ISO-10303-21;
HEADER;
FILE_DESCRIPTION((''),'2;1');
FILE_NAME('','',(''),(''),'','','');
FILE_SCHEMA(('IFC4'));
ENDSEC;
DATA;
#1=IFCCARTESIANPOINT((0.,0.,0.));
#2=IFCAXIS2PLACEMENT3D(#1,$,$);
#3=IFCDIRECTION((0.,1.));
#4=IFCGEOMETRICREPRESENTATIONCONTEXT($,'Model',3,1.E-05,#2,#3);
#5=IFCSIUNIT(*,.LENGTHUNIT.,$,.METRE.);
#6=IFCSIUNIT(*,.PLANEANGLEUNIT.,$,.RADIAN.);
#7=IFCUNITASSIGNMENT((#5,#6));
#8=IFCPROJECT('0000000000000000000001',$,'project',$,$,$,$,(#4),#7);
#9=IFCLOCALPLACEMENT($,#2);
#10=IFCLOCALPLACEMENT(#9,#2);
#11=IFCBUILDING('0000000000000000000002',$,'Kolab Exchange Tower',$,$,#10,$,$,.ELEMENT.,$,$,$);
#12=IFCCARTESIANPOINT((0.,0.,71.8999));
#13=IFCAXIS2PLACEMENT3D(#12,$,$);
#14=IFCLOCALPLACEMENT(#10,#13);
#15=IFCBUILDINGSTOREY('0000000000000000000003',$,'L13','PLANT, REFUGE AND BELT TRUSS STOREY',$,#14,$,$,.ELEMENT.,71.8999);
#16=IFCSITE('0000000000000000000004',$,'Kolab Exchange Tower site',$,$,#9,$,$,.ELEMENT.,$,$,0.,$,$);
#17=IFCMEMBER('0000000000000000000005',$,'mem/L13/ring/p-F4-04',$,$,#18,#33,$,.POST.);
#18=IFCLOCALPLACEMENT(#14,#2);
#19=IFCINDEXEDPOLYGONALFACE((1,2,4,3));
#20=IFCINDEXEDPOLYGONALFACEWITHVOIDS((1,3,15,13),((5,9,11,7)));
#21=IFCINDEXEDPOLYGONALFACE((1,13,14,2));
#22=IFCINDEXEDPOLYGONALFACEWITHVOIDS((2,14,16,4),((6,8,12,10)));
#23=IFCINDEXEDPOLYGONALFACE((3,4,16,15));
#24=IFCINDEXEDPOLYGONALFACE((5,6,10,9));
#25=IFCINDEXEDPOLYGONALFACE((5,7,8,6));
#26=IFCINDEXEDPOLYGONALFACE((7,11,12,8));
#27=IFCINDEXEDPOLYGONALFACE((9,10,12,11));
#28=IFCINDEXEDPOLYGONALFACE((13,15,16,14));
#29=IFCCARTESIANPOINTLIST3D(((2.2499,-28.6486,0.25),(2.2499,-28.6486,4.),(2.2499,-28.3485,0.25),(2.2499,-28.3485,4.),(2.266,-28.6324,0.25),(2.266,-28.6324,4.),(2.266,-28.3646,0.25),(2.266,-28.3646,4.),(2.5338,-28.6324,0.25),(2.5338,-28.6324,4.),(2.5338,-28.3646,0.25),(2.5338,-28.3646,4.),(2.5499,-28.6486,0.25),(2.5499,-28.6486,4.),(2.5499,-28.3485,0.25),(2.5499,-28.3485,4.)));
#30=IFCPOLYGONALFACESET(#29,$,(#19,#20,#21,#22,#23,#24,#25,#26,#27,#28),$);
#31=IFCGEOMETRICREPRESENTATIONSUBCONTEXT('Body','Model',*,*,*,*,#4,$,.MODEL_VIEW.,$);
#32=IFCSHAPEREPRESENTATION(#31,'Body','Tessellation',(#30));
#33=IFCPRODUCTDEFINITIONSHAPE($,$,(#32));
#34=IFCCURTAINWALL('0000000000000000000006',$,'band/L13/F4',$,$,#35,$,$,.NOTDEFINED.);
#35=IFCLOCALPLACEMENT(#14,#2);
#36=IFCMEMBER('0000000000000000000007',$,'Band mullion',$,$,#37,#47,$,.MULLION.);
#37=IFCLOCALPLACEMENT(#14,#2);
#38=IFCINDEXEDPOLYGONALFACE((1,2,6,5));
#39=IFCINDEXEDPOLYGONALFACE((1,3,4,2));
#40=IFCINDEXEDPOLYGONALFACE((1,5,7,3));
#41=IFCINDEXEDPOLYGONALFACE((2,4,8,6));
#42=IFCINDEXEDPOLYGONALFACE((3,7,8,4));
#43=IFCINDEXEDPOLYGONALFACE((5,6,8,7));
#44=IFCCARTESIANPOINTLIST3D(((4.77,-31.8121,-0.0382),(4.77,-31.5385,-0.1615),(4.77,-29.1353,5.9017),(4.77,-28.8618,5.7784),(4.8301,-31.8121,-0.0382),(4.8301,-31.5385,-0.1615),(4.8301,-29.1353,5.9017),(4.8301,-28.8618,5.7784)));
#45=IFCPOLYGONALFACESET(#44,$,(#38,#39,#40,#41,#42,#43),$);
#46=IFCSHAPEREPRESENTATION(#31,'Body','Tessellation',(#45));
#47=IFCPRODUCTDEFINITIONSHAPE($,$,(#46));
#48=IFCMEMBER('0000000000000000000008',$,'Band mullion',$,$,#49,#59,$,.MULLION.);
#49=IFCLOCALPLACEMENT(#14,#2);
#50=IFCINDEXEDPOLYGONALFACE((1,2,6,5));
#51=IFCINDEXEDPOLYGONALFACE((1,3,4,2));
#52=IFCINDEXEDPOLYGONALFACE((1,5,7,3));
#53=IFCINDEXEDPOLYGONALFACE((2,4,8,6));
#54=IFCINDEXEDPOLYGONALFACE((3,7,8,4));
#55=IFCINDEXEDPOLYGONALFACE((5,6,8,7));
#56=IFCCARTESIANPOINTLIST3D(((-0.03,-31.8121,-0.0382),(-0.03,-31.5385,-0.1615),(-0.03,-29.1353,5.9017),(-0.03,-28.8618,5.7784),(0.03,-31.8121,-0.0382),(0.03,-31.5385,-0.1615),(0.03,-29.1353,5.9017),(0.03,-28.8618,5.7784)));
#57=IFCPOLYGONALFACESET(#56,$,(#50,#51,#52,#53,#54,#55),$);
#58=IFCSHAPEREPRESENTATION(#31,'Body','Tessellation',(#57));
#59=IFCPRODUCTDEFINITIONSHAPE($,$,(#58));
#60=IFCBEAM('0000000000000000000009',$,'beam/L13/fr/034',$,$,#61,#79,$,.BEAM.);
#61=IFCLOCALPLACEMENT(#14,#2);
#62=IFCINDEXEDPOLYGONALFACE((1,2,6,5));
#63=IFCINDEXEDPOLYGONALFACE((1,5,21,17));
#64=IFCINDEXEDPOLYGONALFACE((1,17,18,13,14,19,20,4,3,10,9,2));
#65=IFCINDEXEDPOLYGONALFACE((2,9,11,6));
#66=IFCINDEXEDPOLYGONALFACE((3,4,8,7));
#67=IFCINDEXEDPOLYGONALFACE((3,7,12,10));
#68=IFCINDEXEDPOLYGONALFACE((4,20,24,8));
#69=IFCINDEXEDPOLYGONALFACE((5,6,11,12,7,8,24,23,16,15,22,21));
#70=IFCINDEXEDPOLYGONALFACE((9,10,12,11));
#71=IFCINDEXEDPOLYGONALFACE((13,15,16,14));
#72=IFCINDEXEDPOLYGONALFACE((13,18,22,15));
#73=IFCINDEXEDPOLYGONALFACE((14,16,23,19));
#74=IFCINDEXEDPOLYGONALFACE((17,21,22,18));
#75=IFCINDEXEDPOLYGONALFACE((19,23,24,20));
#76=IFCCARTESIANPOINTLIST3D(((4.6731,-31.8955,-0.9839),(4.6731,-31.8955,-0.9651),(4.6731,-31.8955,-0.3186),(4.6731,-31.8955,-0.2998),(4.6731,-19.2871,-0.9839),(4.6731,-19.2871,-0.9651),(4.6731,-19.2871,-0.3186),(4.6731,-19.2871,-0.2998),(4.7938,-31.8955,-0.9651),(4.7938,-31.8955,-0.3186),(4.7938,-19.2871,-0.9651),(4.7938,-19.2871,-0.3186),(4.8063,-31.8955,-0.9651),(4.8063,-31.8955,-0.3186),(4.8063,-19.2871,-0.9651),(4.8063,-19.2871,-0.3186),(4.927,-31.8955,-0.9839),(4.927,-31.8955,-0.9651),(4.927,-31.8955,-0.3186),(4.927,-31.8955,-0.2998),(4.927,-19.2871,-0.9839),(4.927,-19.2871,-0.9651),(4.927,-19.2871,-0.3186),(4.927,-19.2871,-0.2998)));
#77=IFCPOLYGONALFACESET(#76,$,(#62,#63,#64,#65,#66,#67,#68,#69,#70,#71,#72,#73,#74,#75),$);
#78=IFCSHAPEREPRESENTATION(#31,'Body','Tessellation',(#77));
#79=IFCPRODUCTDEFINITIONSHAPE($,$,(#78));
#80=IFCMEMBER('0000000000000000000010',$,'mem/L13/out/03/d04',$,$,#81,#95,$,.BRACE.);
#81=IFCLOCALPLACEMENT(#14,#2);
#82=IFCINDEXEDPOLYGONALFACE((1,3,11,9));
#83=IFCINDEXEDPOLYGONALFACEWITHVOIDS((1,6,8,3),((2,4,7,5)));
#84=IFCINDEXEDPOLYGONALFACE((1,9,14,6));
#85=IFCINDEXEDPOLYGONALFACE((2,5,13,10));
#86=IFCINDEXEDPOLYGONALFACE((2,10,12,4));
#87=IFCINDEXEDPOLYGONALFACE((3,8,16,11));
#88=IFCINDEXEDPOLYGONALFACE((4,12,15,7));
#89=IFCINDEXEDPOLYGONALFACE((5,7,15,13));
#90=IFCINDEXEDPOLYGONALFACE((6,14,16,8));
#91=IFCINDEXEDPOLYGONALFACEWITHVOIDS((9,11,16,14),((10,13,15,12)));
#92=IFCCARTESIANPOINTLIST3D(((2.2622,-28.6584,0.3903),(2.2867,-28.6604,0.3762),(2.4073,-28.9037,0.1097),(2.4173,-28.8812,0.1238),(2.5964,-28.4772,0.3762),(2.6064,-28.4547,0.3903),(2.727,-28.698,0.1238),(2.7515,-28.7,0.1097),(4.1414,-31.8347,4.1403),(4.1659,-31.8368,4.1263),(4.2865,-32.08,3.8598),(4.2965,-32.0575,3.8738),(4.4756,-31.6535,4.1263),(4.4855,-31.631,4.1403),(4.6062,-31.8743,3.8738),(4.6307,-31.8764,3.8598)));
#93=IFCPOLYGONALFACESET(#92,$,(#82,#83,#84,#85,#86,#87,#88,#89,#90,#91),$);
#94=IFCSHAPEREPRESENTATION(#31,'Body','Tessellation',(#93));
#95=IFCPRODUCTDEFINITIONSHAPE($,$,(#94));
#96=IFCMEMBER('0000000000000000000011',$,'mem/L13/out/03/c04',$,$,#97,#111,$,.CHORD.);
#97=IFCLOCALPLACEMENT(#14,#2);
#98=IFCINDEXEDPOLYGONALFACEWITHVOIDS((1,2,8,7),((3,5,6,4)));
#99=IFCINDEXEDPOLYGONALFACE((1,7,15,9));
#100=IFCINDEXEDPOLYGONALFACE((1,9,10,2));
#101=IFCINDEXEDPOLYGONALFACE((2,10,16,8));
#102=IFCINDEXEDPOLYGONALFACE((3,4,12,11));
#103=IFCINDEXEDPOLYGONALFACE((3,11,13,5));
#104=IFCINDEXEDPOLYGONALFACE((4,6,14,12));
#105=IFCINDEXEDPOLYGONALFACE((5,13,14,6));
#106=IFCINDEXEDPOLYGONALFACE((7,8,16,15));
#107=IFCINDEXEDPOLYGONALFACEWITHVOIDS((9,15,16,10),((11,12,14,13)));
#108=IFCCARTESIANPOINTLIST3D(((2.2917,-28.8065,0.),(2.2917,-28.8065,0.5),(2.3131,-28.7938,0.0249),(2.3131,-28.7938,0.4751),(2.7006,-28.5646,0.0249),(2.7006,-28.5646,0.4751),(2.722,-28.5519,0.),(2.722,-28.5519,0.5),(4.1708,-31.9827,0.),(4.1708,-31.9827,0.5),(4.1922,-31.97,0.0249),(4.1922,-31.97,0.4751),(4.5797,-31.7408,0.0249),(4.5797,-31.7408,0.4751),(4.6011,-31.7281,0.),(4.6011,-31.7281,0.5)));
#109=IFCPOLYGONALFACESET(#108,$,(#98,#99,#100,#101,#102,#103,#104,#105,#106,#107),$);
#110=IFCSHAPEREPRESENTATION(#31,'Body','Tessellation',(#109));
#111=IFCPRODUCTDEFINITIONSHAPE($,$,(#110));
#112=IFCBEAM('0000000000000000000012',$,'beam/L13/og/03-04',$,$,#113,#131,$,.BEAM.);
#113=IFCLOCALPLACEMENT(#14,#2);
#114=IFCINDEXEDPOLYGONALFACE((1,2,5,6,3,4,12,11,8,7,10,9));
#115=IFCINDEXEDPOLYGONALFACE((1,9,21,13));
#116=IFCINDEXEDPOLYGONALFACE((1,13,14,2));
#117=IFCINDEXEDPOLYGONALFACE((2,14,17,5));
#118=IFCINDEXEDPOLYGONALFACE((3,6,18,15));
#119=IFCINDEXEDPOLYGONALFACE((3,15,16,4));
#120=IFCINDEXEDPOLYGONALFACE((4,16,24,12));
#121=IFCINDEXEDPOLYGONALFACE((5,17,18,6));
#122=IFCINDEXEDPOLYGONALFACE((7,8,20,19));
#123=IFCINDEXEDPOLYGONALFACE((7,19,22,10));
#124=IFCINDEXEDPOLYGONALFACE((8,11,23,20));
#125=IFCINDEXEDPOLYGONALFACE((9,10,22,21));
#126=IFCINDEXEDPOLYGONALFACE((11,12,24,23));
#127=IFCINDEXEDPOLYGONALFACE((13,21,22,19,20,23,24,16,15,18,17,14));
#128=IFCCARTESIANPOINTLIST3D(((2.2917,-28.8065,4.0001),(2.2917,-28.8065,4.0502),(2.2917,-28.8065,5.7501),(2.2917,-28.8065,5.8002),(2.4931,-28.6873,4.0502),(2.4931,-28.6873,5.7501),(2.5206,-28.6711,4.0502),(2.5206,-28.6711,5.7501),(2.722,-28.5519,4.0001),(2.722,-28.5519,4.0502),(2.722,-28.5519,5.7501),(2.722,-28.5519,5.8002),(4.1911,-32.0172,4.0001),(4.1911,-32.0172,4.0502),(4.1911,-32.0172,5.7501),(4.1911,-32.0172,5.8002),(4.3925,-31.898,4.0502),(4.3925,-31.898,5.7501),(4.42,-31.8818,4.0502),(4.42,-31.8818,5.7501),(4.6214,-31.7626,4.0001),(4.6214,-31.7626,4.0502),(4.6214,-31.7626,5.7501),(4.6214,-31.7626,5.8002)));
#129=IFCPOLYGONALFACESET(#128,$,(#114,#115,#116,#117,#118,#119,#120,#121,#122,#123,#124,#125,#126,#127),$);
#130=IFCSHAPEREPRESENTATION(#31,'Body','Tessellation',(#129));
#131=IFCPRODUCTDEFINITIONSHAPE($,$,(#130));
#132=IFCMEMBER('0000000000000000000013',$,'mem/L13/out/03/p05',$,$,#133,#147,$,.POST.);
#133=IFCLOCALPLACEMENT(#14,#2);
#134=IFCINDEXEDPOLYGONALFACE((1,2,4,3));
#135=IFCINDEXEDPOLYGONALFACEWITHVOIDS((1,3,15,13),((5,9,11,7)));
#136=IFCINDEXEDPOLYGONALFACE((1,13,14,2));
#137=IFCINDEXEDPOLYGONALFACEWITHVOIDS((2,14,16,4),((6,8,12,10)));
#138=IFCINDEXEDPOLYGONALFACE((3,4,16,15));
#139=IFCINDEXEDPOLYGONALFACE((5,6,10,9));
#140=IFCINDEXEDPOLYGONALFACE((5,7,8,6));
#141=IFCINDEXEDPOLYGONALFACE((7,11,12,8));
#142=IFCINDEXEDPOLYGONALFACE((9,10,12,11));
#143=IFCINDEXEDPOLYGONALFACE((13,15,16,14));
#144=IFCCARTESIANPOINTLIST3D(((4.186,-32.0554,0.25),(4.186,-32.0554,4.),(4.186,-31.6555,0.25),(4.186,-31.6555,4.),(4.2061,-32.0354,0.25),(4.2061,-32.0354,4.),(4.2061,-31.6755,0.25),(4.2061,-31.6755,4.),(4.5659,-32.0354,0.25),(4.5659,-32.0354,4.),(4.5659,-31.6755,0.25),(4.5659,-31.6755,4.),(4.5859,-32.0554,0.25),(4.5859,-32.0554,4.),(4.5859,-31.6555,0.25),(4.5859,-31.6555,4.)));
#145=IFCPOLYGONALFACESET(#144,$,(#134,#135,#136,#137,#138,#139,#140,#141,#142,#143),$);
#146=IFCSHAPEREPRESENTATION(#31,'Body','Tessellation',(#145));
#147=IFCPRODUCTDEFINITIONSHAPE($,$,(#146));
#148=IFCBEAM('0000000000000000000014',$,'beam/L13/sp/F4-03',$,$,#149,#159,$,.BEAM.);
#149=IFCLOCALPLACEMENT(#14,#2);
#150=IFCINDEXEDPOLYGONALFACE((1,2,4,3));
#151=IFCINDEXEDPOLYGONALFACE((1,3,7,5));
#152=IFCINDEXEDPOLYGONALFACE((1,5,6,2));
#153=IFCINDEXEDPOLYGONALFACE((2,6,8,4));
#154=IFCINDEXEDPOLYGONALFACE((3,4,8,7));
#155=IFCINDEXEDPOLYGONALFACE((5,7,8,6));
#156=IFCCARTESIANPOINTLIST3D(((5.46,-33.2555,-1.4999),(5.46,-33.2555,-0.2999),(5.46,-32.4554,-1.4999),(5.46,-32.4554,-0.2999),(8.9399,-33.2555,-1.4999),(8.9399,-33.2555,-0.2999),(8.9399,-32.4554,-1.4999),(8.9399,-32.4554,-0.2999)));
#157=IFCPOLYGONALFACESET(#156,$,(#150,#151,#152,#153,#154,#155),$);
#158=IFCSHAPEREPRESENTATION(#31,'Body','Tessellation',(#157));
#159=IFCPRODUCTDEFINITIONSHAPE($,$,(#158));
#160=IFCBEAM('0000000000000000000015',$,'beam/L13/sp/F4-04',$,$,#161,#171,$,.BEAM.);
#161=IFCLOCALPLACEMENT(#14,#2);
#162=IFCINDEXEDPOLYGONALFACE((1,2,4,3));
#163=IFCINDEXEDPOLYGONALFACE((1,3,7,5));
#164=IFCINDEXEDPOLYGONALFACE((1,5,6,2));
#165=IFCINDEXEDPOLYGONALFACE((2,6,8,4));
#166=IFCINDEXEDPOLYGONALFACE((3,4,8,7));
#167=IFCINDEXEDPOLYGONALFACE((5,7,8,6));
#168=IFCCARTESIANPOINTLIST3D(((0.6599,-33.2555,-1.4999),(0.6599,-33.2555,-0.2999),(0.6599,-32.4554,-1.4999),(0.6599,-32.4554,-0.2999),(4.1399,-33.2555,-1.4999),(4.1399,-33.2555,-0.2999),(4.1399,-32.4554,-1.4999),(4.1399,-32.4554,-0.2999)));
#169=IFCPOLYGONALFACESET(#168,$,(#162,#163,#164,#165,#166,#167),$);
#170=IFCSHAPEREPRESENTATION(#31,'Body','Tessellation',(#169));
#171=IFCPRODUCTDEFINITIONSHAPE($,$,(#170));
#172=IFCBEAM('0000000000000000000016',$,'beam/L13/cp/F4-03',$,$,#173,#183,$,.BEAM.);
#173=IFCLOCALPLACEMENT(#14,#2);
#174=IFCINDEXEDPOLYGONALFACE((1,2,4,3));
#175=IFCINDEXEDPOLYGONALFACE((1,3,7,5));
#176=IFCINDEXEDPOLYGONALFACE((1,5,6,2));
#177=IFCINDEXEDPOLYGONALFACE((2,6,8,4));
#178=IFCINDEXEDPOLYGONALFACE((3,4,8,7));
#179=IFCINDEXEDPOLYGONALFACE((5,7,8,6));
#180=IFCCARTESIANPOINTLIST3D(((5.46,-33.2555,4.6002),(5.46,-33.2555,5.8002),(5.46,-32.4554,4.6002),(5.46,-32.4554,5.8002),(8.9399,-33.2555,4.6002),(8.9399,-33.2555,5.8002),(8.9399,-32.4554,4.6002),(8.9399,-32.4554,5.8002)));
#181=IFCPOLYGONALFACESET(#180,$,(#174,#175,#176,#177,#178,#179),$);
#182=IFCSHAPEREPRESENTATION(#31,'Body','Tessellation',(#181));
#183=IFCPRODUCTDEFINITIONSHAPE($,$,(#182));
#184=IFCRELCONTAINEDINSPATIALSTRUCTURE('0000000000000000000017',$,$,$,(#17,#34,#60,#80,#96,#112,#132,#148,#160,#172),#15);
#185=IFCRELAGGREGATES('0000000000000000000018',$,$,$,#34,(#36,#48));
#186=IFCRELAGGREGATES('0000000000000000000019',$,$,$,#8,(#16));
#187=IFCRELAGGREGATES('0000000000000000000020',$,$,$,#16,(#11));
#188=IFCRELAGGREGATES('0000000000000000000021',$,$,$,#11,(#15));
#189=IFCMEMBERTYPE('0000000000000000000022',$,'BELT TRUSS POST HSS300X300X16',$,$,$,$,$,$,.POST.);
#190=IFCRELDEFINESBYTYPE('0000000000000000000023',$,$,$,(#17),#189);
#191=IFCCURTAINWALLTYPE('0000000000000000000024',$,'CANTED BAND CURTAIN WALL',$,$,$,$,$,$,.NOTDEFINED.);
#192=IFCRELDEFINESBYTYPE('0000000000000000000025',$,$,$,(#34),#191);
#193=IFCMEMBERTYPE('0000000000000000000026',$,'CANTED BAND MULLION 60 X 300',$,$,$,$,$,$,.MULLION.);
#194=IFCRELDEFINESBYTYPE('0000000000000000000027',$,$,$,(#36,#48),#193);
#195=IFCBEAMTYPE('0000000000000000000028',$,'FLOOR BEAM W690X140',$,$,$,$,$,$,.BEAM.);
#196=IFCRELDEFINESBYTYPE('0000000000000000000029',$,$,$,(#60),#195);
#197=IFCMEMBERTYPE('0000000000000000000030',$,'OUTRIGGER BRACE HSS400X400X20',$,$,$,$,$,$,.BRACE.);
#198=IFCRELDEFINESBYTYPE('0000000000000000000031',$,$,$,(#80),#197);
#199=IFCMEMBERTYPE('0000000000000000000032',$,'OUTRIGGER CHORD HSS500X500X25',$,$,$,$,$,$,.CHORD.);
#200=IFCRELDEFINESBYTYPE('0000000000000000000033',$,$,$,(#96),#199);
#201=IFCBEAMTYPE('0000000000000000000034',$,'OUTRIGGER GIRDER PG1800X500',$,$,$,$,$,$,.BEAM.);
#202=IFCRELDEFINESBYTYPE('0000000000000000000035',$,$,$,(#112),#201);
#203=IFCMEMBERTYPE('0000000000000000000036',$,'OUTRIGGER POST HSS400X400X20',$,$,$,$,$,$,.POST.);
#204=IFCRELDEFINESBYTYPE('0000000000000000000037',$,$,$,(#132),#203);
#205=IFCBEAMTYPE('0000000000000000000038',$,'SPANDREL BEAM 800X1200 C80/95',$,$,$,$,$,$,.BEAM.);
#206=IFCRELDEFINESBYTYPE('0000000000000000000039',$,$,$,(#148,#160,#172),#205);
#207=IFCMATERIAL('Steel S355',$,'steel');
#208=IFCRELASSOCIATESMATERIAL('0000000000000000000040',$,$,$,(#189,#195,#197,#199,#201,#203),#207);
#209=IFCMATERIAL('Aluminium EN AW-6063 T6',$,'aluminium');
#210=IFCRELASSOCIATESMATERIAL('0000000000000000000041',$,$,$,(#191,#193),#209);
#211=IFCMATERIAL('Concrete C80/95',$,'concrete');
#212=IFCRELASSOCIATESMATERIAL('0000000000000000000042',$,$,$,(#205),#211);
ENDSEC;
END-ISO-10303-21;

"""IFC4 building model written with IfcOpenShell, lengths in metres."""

from ifc_helpers import new_model, si_unit, direction, frame, origin, origin_2d, place, context, subcontext, project, spatial, rectangle, hollow_rectangle, i_section, extrude, material, material_profile, profile_set, type_object, element, aggregate, save


model = new_model("IFC4")

# Units and contexts
model_context = context("Model", 3, precision=1e-05, world=origin(), true_north=direction((0.0, 1.0)))
body_context = subcontext(model_context, "Body", "Model", "MODEL_VIEW")
ifc_project = project(units=[si_unit("LENGTHUNIT", "METRE"), si_unit("PLANEANGLEUNIT", "RADIAN")], contexts=[model_context])

# Site, building, storey
site_placement = place(None, origin())
site = spatial("IfcSite", under=ifc_project, at=site_placement, Name="Kolab Exchange Tower site", CompositionType="ELEMENT", RefElevation=0.0)
building_placement = place(site_placement, origin())
building = spatial("IfcBuilding", under=site, at=building_placement, Name="Kolab Exchange Tower", CompositionType="ELEMENT")
storey_placement = place(building_placement, frame((0.0, 0.0, 71.8999)))
storey = spatial("IfcBuildingStorey", under=building, at=storey_placement, Name="L13", Description="PLANT, REFUGE AND BELT TRUSS STOREY", CompositionType="ELEMENT", Elevation=71.8999)

# Shared definitions
ifc_material_1 = material(Name="Concrete C80/95", Category="concrete")

# Shared definitions
ifc_material_2 = material(Name="Steel S355", Category="steel")

# Member
ifc_material_profile_1 = material_profile(ifc_material_2, hollow_rectangle(XDim=0.3, YDim=0.3, WallThickness=0.0161, at=origin_2d()), Name="HSS300X300X16")
ifc_profile_set_1 = profile_set([ifc_material_profile_1], Name="Steel S355")
member_type_1 = type_object("IfcMemberType", Name="BELT TRUSS POST HSS300X300X16", PredefinedType="POST", material=ifc_profile_set_1)
for number, where, z_axis, x_axis, name in (
    (1, (2.3999, -28.4985, 0.25), (0.0, 0.0, 1.0), (1.0, 0.0, 0.0), "mem/L13/ring/p-F4-04"),
):
    element("IfcMember", number, at=place(storey_placement, frame(where, z_axis=z_axis, x_axis=x_axis)), inside=storey, type_object=member_type_1, Name=name, PredefinedType="POST", context=body_context, shape_type="SweptSolid", body=[
        extrude(hollow_rectangle(XDim=0.3, YDim=0.3, WallThickness=0.0161, at=origin_2d()), origin(), (0.0, 0.0, 1.0), 3.75),
    ])

# Curtain wall, members
ifc_material_3 = material(Name="Aluminium EN AW-6063 T6", Category="aluminium")
curtain_wall_type = type_object("IfcCurtainWallType", Name="CANTED BAND CURTAIN WALL", PredefinedType="NOTDEFINED", material=ifc_material_3)
curtain_wall_placement = place(storey_placement, origin())
curtain_wall = element("IfcCurtainWall", 2, at=curtain_wall_placement, inside=storey, type_object=curtain_wall_type, Name="band/L13/F4", PredefinedType="NOTDEFINED")
ifc_material_profile_2 = material_profile(ifc_material_3, rectangle(XDim=0.0601, YDim=0.3, at=origin_2d()), Name="RECT 60X300")
ifc_profile_set_2 = profile_set([ifc_material_profile_2], Name="Aluminium EN AW-6063 T6")
member_type_2 = type_object("IfcMemberType", Name="CANTED BAND MULLION 60 X 300", PredefinedType="MULLION", material=ifc_profile_set_2)
member_1_placement = place(storey_placement, frame((4.8, -31.6753, -0.0999), z_axis=(0.0, 0.410848, 0.911704), x_axis=(-1.0, 0.0, 0.0)))
member_1 = element("IfcMember", 3, at=member_1_placement, type_object=member_type_2, Name="Band mullion", PredefinedType="MULLION", context=body_context, shape_type="SweptSolid", body=[
    extrude(rectangle(XDim=0.0601, YDim=0.3, at=origin_2d()), origin(), (0.0, 0.0, 1.0), 6.5151),
])
member_2_placement = place(storey_placement, frame((0.0, -31.6753, -0.0999), z_axis=(0.0, 0.410848, 0.911704), x_axis=(-1.0, 0.0, 0.0)))
member_2 = element("IfcMember", 4, at=member_2_placement, type_object=member_type_2, Name="Band mullion", PredefinedType="MULLION", context=body_context, shape_type="SweptSolid", body=[
    extrude(rectangle(XDim=0.0601, YDim=0.3, at=origin_2d()), origin(), (0.0, 0.0, 1.0), 6.5151),
])

# Beam
ifc_material_profile_3 = material_profile(ifc_material_2, i_section(OverallWidth=0.2539, OverallDepth=0.6841, WebThickness=0.0125, FlangeThickness=0.0188, at=origin_2d()), Name="W690X140")
ifc_profile_set_3 = profile_set([ifc_material_profile_3], Name="Steel S355")
beam_type_1 = type_object("IfcBeamType", Name="FLOOR BEAM W690X140", PredefinedType="BEAM", material=ifc_profile_set_3)
beam_1_placement = place(storey_placement, frame((4.8, -31.8955, -0.6418), z_axis=(0.0, 1.0, 0.0), x_axis=(-1.0, 0.0, 0.0)))
element("IfcBeam", 5, at=beam_1_placement, inside=storey, type_object=beam_type_1, Name="beam/L13/fr/034", PredefinedType="BEAM", context=body_context, shape_type="SweptSolid", body=[
    extrude(i_section(OverallWidth=0.2539, OverallDepth=0.6841, WebThickness=0.0125, FlangeThickness=0.0188, at=origin_2d()), origin(), (0.0, 0.0, 1.0), 12.6084),
])

# Members
ifc_material_profile_4 = material_profile(ifc_material_2, hollow_rectangle(XDim=0.3999, YDim=0.3999, WallThickness=0.02, at=origin_2d()), Name="HSS400X400X20")
ifc_profile_set_4 = profile_set([ifc_material_profile_4], Name="Steel S355")
member_type_3 = type_object("IfcMemberType", Name="OUTRIGGER BRACE HSS400X400X20", PredefinedType="BRACE", material=ifc_profile_set_4)
member_3_placement = place(storey_placement, frame((2.5068, -28.6792, 0.25), z_axis=(0.357157, -0.603692, 0.712737), x_axis=(0.860658, 0.509184, 0.0)))
element("IfcMember", 6, at=member_3_placement, inside=storey, type_object=member_type_3, Name="mem/L13/out/03/d04", PredefinedType="BRACE", context=body_context, shape_type="SweptSolid", body=[
    extrude(hollow_rectangle(XDim=0.3999, YDim=0.3999, WallThickness=0.02, at=origin_2d()), origin(), (0.0, 0.0, 1.0), 5.2615),
])
ifc_material_profile_5 = material_profile(ifc_material_2, hollow_rectangle(XDim=0.5, YDim=0.5, WallThickness=0.0249, at=origin_2d()), Name="HSS500X500X25")
ifc_profile_set_5 = profile_set([ifc_material_profile_5], Name="Steel S355")
member_type_4 = type_object("IfcMemberType", Name="OUTRIGGER CHORD HSS500X500X25", PredefinedType="CHORD", material=ifc_profile_set_5)
member_4_placement = place(storey_placement, frame((2.5068, -28.6792, 0.25), z_axis=(0.509184, -0.860658, 0.0), x_axis=(0.860658, 0.509184, 0.0)))
element("IfcMember", 7, at=member_4_placement, inside=storey, type_object=member_type_4, Name="mem/L13/out/03/c04", PredefinedType="CHORD", context=body_context, shape_type="SweptSolid", body=[
    extrude(hollow_rectangle(XDim=0.5, YDim=0.5, WallThickness=0.0249, at=origin_2d()), origin(), (0.0, 0.0, 1.0), 3.6904),
])

# Beam
ifc_material_profile_6 = material_profile(ifc_material_2, i_section(OverallWidth=0.5, OverallDepth=1.8, WebThickness=0.032, FlangeThickness=0.05, at=origin_2d()), Name="PG1800X500")
ifc_profile_set_6 = profile_set([ifc_material_profile_6], Name="Steel S355")
beam_type_2 = type_object("IfcBeamType", Name="OUTRIGGER GIRDER PG1800X500", PredefinedType="BEAM", material=ifc_profile_set_6)
beam_2_placement = place(storey_placement, frame((2.5068, -28.6792, 4.9001), z_axis=(0.509164, -0.86067, 0.0), x_axis=(0.86067, 0.509164, 0.0)))
element("IfcBeam", 8, at=beam_2_placement, inside=storey, type_object=beam_type_2, Name="beam/L13/og/03-04", PredefinedType="BEAM", context=body_context, shape_type="SweptSolid", body=[
    extrude(i_section(OverallWidth=0.5, OverallDepth=1.8, WebThickness=0.032, FlangeThickness=0.05, at=origin_2d()), origin(), (0.0, 0.0, 1.0), 3.7305),
])

# Member
ifc_material_profile_7 = material_profile(ifc_material_2, hollow_rectangle(XDim=0.3999, YDim=0.3999, WallThickness=0.02, at=origin_2d()), Name="HSS400X400X20")
ifc_profile_set_7 = profile_set([ifc_material_profile_7], Name="Steel S355")
member_type_5 = type_object("IfcMemberType", Name="OUTRIGGER POST HSS400X400X20", PredefinedType="POST", material=ifc_profile_set_7)
member_5_placement = place(storey_placement, frame((4.386, -31.8555, 0.25), z_axis=(0.0, 0.0, 1.0), x_axis=(1.0, 0.0, 0.0)))
element("IfcMember", 9, at=member_5_placement, inside=storey, type_object=member_type_5, Name="mem/L13/out/03/p05", PredefinedType="POST", context=body_context, shape_type="SweptSolid", body=[
    extrude(hollow_rectangle(XDim=0.3999, YDim=0.3999, WallThickness=0.02, at=origin_2d()), origin(), (0.0, 0.0, 1.0), 3.75),
])

# Beams
ifc_material_profile_8 = material_profile(ifc_material_1, rectangle(XDim=0.8, YDim=1.2, at=origin_2d()), Name="RC800X1200")
ifc_profile_set_8 = profile_set([ifc_material_profile_8], Name="Concrete C80/95")
beam_type_3 = type_object("IfcBeamType", Name="SPANDREL BEAM 800X1200 C80/95", PredefinedType="BEAM", material=ifc_profile_set_8)
for number, where, z_axis, x_axis, name in (
    (10, (8.9399, -32.8555, -0.8999), (-1.0, 0.0, 0.0), (0.0, -1.0, 0.0), "beam/L13/sp/F4-03"),
    (11, (4.1399, -32.8555, -0.8999), (-1.0, 0.0, 0.0), (0.0, -1.0, 0.0), "beam/L13/sp/F4-04"),
    (12, (8.9399, -32.8555, 5.2002), (-1.0, 0.0, 0.0), (0.0, -1.0, 0.0), "beam/L13/cp/F4-03"),
):
    element("IfcBeam", number, at=place(storey_placement, frame(where, z_axis=z_axis, x_axis=x_axis)), inside=storey, type_object=beam_type_3, Name=name, PredefinedType="BEAM", context=body_context, shape_type="SweptSolid", body=[
        extrude(rectangle(XDim=0.8, YDim=1.2, at=origin_2d()), origin(), (0.0, 0.0, 1.0), 3.48),
    ])

aggregate(curtain_wall, [member_1, member_2])

save(model, "model.ifc")
